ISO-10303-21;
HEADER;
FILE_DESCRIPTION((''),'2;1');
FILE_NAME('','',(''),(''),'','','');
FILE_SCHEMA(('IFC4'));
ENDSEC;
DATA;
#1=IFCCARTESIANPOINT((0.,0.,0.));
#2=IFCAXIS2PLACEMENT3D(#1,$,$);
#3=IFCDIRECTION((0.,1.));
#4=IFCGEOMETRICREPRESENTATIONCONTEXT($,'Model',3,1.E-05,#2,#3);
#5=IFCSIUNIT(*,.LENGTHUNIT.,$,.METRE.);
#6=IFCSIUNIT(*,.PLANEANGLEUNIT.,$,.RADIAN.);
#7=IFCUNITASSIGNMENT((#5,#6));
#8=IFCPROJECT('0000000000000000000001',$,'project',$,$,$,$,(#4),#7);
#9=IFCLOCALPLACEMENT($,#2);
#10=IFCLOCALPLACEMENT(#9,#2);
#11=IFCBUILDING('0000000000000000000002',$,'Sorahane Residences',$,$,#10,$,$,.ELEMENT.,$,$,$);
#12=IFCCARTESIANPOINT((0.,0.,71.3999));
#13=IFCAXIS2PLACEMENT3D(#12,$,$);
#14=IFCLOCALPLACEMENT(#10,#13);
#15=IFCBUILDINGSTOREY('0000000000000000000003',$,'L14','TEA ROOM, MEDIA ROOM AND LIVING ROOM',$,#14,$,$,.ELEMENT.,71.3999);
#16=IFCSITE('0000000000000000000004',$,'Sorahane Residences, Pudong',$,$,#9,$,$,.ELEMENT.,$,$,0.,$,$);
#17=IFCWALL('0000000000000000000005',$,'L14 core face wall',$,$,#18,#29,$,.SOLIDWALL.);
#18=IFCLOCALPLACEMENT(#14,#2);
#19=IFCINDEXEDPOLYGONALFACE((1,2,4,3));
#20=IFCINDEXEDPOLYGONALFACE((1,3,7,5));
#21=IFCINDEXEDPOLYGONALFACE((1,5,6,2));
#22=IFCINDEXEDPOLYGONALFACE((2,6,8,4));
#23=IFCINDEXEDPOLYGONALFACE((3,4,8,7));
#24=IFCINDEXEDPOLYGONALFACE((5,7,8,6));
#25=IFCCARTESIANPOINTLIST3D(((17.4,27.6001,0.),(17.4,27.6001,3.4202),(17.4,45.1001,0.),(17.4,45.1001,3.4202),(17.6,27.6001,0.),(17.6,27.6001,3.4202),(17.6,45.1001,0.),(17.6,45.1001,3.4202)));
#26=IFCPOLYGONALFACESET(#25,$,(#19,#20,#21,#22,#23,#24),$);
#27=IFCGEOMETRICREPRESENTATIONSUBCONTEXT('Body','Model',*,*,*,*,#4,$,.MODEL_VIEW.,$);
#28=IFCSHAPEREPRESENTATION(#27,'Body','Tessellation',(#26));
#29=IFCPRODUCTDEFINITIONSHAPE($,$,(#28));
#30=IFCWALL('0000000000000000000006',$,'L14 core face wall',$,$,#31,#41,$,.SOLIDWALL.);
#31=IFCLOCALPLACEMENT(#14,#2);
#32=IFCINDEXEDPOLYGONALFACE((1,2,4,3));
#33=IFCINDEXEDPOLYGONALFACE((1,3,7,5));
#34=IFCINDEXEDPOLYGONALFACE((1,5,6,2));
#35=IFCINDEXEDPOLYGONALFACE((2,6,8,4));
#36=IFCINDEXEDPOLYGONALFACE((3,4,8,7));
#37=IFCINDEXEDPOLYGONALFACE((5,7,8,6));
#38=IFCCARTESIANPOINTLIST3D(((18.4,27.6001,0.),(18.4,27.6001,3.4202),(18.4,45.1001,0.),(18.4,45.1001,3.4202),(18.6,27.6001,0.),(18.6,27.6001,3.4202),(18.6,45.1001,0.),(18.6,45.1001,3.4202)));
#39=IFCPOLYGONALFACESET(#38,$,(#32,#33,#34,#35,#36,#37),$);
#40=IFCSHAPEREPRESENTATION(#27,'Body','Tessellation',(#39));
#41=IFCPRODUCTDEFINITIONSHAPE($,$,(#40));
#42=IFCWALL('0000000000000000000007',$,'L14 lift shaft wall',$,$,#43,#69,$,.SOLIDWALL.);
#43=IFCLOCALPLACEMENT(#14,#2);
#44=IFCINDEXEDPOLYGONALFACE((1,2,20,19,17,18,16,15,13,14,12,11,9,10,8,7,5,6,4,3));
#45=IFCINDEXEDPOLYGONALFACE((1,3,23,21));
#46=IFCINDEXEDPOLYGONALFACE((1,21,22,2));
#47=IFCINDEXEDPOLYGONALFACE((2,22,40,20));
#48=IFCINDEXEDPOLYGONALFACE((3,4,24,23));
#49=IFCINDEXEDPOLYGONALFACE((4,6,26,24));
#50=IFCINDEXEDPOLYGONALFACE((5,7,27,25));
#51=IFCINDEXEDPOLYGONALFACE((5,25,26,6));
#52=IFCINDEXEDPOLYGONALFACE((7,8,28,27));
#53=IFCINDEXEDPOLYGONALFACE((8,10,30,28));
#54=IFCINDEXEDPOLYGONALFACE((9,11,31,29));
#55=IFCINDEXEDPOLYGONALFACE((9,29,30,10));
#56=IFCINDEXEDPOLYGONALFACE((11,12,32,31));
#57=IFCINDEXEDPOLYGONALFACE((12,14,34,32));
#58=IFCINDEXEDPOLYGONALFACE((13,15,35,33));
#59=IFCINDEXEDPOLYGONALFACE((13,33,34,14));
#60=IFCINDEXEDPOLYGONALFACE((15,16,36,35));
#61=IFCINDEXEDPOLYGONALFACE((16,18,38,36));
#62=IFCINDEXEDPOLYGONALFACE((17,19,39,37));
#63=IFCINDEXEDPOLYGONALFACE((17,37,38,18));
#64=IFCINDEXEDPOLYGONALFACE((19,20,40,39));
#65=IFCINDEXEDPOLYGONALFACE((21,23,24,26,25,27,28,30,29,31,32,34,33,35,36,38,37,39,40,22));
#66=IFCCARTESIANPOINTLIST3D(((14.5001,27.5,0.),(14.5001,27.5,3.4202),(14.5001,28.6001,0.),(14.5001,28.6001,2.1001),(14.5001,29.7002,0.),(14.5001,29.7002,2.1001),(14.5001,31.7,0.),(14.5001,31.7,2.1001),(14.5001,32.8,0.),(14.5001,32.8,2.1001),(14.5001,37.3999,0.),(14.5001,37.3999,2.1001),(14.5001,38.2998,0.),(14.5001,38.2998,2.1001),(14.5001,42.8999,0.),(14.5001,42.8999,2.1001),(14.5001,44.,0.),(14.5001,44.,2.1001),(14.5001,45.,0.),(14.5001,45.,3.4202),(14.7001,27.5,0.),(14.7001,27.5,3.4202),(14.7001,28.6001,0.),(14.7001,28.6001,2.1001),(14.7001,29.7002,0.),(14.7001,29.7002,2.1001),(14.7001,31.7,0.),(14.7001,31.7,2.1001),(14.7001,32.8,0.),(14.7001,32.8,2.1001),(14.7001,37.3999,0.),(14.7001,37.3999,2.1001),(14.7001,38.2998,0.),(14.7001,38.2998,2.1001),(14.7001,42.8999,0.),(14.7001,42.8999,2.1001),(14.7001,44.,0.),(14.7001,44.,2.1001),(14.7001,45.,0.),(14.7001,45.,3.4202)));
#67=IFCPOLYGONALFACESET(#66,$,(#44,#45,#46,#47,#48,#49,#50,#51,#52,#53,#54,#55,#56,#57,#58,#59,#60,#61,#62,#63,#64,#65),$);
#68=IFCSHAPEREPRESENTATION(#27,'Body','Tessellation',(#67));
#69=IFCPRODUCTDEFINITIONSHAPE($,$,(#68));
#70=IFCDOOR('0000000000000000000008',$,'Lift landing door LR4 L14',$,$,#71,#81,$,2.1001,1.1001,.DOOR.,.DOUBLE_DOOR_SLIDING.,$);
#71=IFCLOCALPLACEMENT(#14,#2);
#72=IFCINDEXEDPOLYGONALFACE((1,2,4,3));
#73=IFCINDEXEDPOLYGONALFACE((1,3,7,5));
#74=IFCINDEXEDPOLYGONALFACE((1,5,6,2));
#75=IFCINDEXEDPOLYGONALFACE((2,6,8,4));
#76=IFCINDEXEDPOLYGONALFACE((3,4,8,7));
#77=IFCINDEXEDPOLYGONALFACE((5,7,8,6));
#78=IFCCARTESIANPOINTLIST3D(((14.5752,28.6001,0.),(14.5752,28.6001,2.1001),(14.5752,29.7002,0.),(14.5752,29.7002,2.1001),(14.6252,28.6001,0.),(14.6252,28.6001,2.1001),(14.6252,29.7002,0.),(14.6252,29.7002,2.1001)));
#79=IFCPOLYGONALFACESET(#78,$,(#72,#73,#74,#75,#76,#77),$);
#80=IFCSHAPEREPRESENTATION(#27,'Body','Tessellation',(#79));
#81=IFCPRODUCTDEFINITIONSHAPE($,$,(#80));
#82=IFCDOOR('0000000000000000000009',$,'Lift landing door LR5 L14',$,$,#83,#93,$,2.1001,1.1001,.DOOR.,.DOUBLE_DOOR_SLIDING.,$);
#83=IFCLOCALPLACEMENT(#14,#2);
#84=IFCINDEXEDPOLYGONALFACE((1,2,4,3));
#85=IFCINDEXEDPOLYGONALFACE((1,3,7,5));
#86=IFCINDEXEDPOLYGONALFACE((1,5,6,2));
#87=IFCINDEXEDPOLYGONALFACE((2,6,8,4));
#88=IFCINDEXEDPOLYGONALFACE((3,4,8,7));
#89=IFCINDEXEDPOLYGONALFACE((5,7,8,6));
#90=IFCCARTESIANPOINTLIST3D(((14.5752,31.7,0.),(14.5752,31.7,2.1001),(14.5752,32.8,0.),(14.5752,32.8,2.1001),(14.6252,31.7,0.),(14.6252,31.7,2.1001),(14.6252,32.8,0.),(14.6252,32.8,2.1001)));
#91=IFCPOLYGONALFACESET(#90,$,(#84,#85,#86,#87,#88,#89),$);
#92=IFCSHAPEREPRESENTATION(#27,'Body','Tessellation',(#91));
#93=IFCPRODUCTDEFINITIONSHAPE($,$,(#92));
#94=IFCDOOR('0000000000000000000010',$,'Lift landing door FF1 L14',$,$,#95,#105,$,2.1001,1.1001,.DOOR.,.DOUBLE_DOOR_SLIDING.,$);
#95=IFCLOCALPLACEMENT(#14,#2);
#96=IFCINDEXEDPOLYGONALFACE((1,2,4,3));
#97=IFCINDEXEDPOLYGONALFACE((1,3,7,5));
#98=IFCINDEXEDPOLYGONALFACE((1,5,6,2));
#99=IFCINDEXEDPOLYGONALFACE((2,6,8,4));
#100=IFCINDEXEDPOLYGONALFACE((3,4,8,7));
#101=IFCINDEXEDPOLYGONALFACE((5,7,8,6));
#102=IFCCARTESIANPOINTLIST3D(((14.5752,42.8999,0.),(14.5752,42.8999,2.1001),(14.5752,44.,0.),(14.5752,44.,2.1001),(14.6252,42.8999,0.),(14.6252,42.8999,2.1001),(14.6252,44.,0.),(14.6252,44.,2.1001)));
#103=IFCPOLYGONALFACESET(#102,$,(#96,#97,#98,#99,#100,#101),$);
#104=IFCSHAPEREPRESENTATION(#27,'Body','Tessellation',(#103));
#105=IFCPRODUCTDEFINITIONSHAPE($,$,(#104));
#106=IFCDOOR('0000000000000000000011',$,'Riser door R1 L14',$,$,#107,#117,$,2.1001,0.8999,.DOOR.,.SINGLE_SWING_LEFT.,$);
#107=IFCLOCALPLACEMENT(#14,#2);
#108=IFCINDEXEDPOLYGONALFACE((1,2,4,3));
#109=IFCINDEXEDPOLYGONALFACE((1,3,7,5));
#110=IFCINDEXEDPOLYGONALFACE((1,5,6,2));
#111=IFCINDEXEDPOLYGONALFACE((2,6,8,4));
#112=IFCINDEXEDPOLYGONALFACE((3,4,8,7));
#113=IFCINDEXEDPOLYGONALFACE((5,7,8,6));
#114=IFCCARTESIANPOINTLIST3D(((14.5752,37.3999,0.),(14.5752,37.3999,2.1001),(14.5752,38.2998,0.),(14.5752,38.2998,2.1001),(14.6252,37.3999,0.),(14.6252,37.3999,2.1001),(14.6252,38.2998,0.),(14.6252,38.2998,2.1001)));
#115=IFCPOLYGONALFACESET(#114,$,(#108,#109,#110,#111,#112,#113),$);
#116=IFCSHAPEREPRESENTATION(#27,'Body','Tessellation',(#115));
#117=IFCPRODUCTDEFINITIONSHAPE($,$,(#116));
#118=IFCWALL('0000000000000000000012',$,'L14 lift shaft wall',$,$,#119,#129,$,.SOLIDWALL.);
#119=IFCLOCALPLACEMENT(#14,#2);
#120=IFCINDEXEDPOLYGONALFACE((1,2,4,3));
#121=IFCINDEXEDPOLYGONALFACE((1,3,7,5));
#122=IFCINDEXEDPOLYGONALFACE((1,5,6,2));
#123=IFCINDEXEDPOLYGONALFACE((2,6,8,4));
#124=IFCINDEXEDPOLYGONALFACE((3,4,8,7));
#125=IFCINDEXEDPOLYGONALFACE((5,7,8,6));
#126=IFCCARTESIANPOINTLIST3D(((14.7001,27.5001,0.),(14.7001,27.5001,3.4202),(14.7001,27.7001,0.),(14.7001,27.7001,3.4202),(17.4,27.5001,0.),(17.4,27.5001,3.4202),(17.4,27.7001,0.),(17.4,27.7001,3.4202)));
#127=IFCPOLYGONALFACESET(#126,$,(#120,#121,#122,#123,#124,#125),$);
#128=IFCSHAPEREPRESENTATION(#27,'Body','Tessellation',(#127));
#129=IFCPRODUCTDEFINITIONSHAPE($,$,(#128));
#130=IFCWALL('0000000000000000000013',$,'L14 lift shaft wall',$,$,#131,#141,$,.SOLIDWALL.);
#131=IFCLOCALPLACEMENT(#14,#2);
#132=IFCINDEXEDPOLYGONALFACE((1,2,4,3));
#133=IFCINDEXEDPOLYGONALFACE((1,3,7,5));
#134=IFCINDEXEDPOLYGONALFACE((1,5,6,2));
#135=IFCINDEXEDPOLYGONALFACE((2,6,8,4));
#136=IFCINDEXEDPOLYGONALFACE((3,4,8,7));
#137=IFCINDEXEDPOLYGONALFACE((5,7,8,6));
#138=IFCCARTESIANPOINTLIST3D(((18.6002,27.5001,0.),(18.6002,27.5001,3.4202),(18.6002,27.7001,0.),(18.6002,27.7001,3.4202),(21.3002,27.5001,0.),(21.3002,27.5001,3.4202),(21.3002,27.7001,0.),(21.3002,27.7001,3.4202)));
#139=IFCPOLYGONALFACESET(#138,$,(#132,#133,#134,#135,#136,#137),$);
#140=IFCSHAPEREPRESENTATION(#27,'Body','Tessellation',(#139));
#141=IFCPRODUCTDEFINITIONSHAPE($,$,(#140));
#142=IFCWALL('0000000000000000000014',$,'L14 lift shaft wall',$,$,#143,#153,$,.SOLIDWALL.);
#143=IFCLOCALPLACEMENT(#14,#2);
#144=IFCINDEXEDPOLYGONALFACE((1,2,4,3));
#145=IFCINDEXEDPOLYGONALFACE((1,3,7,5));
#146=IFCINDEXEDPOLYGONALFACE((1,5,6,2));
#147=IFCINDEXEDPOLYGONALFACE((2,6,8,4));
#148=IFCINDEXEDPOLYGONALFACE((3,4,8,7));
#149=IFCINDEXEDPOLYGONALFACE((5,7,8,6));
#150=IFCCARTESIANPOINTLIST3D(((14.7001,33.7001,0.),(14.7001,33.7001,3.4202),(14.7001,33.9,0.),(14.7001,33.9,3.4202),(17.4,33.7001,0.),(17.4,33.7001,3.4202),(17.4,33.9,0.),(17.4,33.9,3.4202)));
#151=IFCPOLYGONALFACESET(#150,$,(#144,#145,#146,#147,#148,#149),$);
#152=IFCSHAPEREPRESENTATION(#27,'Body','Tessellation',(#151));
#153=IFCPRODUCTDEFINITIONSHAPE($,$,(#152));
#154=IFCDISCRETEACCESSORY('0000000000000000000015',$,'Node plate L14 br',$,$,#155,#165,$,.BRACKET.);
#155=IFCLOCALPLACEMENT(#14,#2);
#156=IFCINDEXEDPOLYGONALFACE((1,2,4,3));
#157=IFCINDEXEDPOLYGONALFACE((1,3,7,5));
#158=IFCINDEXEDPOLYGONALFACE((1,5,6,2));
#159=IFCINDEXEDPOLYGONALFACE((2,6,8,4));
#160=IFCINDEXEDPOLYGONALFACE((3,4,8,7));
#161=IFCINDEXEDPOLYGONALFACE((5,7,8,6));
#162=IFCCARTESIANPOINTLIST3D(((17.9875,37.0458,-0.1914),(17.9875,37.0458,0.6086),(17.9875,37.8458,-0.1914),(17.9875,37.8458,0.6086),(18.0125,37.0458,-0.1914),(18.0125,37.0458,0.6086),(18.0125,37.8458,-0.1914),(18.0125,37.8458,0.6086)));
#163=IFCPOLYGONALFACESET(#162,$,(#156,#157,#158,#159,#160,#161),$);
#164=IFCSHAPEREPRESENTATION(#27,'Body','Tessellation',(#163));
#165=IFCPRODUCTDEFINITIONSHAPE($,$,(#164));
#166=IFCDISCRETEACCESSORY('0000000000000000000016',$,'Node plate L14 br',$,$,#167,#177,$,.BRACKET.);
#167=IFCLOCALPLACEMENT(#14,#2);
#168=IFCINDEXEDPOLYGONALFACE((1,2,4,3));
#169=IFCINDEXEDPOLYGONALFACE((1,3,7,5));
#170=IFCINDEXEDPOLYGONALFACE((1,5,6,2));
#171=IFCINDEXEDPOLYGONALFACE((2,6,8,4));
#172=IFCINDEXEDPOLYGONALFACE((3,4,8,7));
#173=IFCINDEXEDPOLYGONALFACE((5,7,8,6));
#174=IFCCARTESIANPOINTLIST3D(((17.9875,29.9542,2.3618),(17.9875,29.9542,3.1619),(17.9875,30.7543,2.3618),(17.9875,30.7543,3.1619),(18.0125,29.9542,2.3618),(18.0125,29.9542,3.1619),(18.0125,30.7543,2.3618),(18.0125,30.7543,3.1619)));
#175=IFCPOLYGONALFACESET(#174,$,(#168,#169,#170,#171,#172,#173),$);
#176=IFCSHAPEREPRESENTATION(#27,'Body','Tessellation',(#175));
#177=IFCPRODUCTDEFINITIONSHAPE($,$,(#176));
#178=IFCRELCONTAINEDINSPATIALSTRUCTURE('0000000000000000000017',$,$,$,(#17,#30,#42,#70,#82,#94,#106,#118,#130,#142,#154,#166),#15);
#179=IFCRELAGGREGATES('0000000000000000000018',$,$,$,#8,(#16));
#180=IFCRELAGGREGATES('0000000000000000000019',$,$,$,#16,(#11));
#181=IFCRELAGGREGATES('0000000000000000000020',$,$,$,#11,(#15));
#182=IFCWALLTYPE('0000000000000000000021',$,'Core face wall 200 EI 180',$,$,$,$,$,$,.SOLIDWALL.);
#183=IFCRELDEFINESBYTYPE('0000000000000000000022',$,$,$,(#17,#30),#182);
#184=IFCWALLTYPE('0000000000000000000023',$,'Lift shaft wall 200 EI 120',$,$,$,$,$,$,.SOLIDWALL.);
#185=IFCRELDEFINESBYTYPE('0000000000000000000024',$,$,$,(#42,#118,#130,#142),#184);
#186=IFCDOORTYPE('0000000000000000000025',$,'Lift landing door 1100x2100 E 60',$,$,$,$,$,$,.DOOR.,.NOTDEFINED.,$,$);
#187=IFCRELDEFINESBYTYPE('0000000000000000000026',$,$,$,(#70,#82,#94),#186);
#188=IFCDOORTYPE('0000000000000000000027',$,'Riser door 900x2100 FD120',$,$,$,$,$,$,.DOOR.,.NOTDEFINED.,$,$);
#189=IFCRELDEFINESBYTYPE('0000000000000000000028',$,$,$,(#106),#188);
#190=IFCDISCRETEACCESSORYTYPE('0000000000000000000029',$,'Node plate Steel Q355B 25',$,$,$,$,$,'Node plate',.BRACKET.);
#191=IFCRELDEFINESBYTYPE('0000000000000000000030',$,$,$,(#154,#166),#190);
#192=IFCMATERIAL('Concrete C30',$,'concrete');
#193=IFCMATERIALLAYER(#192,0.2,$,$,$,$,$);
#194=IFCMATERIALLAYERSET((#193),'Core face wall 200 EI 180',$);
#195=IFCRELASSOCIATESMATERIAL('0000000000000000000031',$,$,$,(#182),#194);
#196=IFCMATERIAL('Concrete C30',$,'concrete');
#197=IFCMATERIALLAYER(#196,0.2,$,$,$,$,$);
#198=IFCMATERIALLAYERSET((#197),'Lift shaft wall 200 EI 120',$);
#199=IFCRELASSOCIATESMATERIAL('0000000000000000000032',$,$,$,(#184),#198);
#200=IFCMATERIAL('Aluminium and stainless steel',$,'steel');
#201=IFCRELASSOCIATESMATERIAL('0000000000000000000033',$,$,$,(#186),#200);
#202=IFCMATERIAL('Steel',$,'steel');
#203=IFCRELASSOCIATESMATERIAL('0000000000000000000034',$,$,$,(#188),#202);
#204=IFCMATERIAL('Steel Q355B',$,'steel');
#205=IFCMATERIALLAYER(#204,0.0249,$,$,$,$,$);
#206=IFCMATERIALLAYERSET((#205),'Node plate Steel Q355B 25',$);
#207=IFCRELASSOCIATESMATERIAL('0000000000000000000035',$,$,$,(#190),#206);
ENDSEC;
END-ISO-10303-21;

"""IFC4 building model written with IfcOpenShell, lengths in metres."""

from ifc_helpers import new_model, si_unit, direction, frame, frame_2d, origin, origin_2d, place, context, subcontext, project, spatial, rectangle, extrude, material, layer, layer_set, type_object, element, fill, save


model = new_model("IFC4")

# Units and contexts
model_context = context("Model", 3, precision=1e-05, world=origin(), true_north=direction((0.0, 1.0)))
body_context = subcontext(model_context, "Body", "Model", "MODEL_VIEW")
ifc_project = project(units=[si_unit("LENGTHUNIT", "METRE"), si_unit("PLANEANGLEUNIT", "RADIAN")], contexts=[model_context])

# Site, building, storey
site_placement = place(None, origin())
site = spatial("IfcSite", under=ifc_project, at=site_placement, Name="Sorahane Residences, Pudong", CompositionType="ELEMENT", RefElevation=0.0)
building_placement = place(site_placement, origin())
building = spatial("IfcBuilding", under=site, at=building_placement, Name="Sorahane Residences", CompositionType="ELEMENT")
storey_placement = place(building_placement, frame((0.0, 0.0, 71.3999)))
storey = spatial("IfcBuildingStorey", under=building, at=storey_placement, Name="L14", Description="TEA ROOM, MEDIA ROOM AND LIVING ROOM", CompositionType="ELEMENT", Elevation=71.3999)

# Walls
ifc_material_1 = material(Name="Concrete C30", Category="concrete")
ifc_layer_1 = layer(ifc_material_1, 0.2)
ifc_layer_set_1 = layer_set([ifc_layer_1], Name="Core face wall 200 EI 180")
wall_type_1 = type_object("IfcWallType", Name="Core face wall 200 EI 180", PredefinedType="SOLIDWALL", material=ifc_layer_set_1)
for number, where, z_axis, x_axis, name in (
    (1, (17.5, 27.6001, 0.0), (0.0, 0.0, 1.0), (0.0, 1.0, 0.0), "L14 core face wall"),
    (2, (18.5, 27.6001, 0.0), (0.0, 0.0, 1.0), (0.0, 1.0, 0.0), "L14 core face wall"),
):
    element("IfcWall", number, at=place(storey_placement, frame(where, z_axis=z_axis, x_axis=x_axis)), inside=storey, type_object=wall_type_1, Name=name, PredefinedType="SOLIDWALL", context=body_context, shape_type="SweptSolid", body=[
        extrude(rectangle(XDim=17.5, YDim=0.2, at=frame_2d((8.75, 0.0))), origin(), (0.0, 0.0, 1.0), 3.4202),
    ])

# Wall, openings, doors
ifc_material_2 = material(Name="Concrete C30", Category="concrete")
ifc_layer_2 = layer(ifc_material_2, 0.2)
ifc_layer_set_2 = layer_set([ifc_layer_2], Name="Lift shaft wall 200 EI 120")
wall_type_2 = type_object("IfcWallType", Name="Lift shaft wall 200 EI 120", PredefinedType="SOLIDWALL", material=ifc_layer_set_2)
wall_placement = place(storey_placement, frame((14.6001, 27.5, 0.0), z_axis=(0.0, 0.0, 1.0), x_axis=(0.0, 1.0, 0.0)))
wall = element("IfcWall", 3, at=wall_placement, inside=storey, type_object=wall_type_2, Name="L14 lift shaft wall", PredefinedType="SOLIDWALL", context=body_context, shape_type="SweptSolid", body=[
    extrude(rectangle(XDim=17.5, YDim=0.2, at=frame_2d((8.75, 0.0))), origin(), (0.0, 0.0, 1.0), 3.4202),
])
opening_1_placement = place(wall_placement, frame((1.1001, 0.0, 0.0)))
opening_1 = element("IfcOpeningElement", 4, at=opening_1_placement, cuts=wall, PredefinedType="OPENING", context=body_context, shape_type="SweptSolid", body=[
    extrude(rectangle(XDim=1.1001, YDim=2.1001, at=frame_2d((0.55, 1.05))), frame((0.0, 0.1099, 0.0), z_axis=(0.0, -1.0, 0.0), x_axis=(1.0, 0.0, 0.0)), (0.0, 0.0, 1.0), 0.22),
])
opening_2_placement = place(wall_placement, frame((4.2, 0.0, 0.0)))
opening_2 = element("IfcOpeningElement", 5, at=opening_2_placement, cuts=wall, PredefinedType="OPENING", context=body_context, shape_type="SweptSolid", body=[
    extrude(rectangle(XDim=1.1001, YDim=2.1001, at=frame_2d((0.55, 1.05))), frame((0.0, 0.1099, 0.0), z_axis=(0.0, -1.0, 0.0), x_axis=(1.0, 0.0, 0.0)), (0.0, 0.0, 1.0), 0.22),
])
opening_3_placement = place(wall_placement, frame((15.3999, 0.0, 0.0)))
opening_3 = element("IfcOpeningElement", 6, at=opening_3_placement, cuts=wall, PredefinedType="OPENING", context=body_context, shape_type="SweptSolid", body=[
    extrude(rectangle(XDim=1.1001, YDim=2.1001, at=frame_2d((0.55, 1.05))), frame((0.0, 0.1099, 0.0), z_axis=(0.0, -1.0, 0.0), x_axis=(1.0, 0.0, 0.0)), (0.0, 0.0, 1.0), 0.22),
])
opening_4_placement = place(wall_placement, frame((9.8999, 0.0, 0.0)))
opening_4 = element("IfcOpeningElement", 7, at=opening_4_placement, cuts=wall, PredefinedType="OPENING", context=body_context, shape_type="SweptSolid", body=[
    extrude(rectangle(XDim=0.8999, YDim=2.1001, at=frame_2d((0.45, 1.05))), frame((0.0, 0.1099, 0.0), z_axis=(0.0, -1.0, 0.0), x_axis=(1.0, 0.0, 0.0)), (0.0, 0.0, 1.0), 0.22),
])
ifc_material_3 = material(Name="Aluminium and stainless steel", Category="steel")
door_type_1 = type_object("IfcDoorType", Name="Lift landing door 1100x2100 E 60", OperationType="NOTDEFINED", PredefinedType="DOOR", material=ifc_material_3)
door_1_placement = place(opening_1_placement, origin())
door_1 = element("IfcDoor", 8, at=door_1_placement, inside=storey, type_object=door_type_1, Name="Lift landing door LR4 L14", OperationType="DOUBLE_DOOR_SLIDING", OverallHeight=2.1001, OverallWidth=1.1001, PredefinedType="DOOR", context=body_context, shape_type="SweptSolid", body=[
    extrude(rectangle(XDim=1.1001, YDim=2.1001, at=frame_2d((0.55, 1.05))), frame((0.0, 0.0249, 0.0), z_axis=(0.0, -1.0, 0.0), x_axis=(1.0, 0.0, 0.0)), (0.0, 0.0, 1.0), 0.05),
])
fill(opening_1, door_1)
door_2_placement = place(opening_2_placement, origin())
door_2 = element("IfcDoor", 9, at=door_2_placement, inside=storey, type_object=door_type_1, Name="Lift landing door LR5 L14", OperationType="DOUBLE_DOOR_SLIDING", OverallHeight=2.1001, OverallWidth=1.1001, PredefinedType="DOOR", context=body_context, shape_type="SweptSolid", body=[
    extrude(rectangle(XDim=1.1001, YDim=2.1001, at=frame_2d((0.55, 1.05))), frame((0.0, 0.0249, 0.0), z_axis=(0.0, -1.0, 0.0), x_axis=(1.0, 0.0, 0.0)), (0.0, 0.0, 1.0), 0.05),
])
fill(opening_2, door_2)
door_3_placement = place(opening_3_placement, origin())
door_3 = element("IfcDoor", 10, at=door_3_placement, inside=storey, type_object=door_type_1, Name="Lift landing door FF1 L14", OperationType="DOUBLE_DOOR_SLIDING", OverallHeight=2.1001, OverallWidth=1.1001, PredefinedType="DOOR", context=body_context, shape_type="SweptSolid", body=[
    extrude(rectangle(XDim=1.1001, YDim=2.1001, at=frame_2d((0.55, 1.05))), frame((0.0, 0.0249, 0.0), z_axis=(0.0, -1.0, 0.0), x_axis=(1.0, 0.0, 0.0)), (0.0, 0.0, 1.0), 0.05),
])
fill(opening_3, door_3)
ifc_material_4 = material(Name="Steel", Category="steel")
door_type_2 = type_object("IfcDoorType", Name="Riser door 900x2100 FD120", OperationType="NOTDEFINED", PredefinedType="DOOR", material=ifc_material_4)
door_4_placement = place(opening_4_placement, origin())
door_4 = element("IfcDoor", 11, at=door_4_placement, inside=storey, type_object=door_type_2, Name="Riser door R1 L14", OperationType="SINGLE_SWING_LEFT", OverallHeight=2.1001, OverallWidth=0.8999, PredefinedType="DOOR", context=body_context, shape_type="SweptSolid", body=[
    extrude(rectangle(XDim=0.8999, YDim=2.1001, at=frame_2d((0.45, 1.05))), frame((0.0, 0.0249, 0.0), z_axis=(0.0, -1.0, 0.0), x_axis=(1.0, 0.0, 0.0)), (0.0, 0.0, 1.0), 0.05),
])
fill(opening_4, door_4)

# Walls
for number, where, z_axis, x_axis, name in (
    (12, (14.7, 27.6001, 0.0), (0.0, 0.0, 1.0), (1.0, 0.0, 0.0), "L14 lift shaft wall"),
    (13, (18.6001, 27.6001, 0.0), (0.0, 0.0, 1.0), (1.0, 0.0, 0.0), "L14 lift shaft wall"),
    (14, (14.7, 33.8, 0.0), (0.0, 0.0, 1.0), (1.0, 0.0, 0.0), "L14 lift shaft wall"),
):
    element("IfcWall", number, at=place(storey_placement, frame(where, z_axis=z_axis, x_axis=x_axis)), inside=storey, type_object=wall_type_2, Name=name, PredefinedType="SOLIDWALL", context=body_context, shape_type="SweptSolid", body=[
        extrude(rectangle(XDim=2.7, YDim=0.2, at=frame_2d((1.3501, 0.0))), origin(), (0.0, 0.0, 1.0), 3.4202),
    ])

# Discrete accessories
ifc_material_5 = material(Name="Steel Q355B", Category="steel")
ifc_layer_3 = layer(ifc_material_5, 0.0249)
ifc_layer_set_3 = layer_set([ifc_layer_3], Name="Node plate Steel Q355B 25")
discrete_accessory_type = type_object("IfcDiscreteAccessoryType", Name="Node plate Steel Q355B 25", ElementType="Node plate", PredefinedType="BRACKET", material=ifc_layer_set_3)
for number, where, z_axis, x_axis, name in (
    (15, (18.0, 37.4458, -0.1914), (0.0, 0.0, 1.0), (0.0, 1.0, 0.0), "Node plate L14 br"),
    (16, (18.0, 30.3542, 2.3618), (0.0, 0.0, 1.0), (0.0, 1.0, 0.0), "Node plate L14 br"),
):
    element("IfcDiscreteAccessory", number, at=place(storey_placement, frame(where, z_axis=z_axis, x_axis=x_axis)), inside=storey, type_object=discrete_accessory_type, Name=name, PredefinedType="BRACKET", context=body_context, shape_type="SweptSolid", body=[
        extrude(rectangle(XDim=0.8, YDim=0.0249, at=origin_2d()), origin(), (0.0, 0.0, 1.0), 0.8),
    ])

save(model, "model.ifc")
